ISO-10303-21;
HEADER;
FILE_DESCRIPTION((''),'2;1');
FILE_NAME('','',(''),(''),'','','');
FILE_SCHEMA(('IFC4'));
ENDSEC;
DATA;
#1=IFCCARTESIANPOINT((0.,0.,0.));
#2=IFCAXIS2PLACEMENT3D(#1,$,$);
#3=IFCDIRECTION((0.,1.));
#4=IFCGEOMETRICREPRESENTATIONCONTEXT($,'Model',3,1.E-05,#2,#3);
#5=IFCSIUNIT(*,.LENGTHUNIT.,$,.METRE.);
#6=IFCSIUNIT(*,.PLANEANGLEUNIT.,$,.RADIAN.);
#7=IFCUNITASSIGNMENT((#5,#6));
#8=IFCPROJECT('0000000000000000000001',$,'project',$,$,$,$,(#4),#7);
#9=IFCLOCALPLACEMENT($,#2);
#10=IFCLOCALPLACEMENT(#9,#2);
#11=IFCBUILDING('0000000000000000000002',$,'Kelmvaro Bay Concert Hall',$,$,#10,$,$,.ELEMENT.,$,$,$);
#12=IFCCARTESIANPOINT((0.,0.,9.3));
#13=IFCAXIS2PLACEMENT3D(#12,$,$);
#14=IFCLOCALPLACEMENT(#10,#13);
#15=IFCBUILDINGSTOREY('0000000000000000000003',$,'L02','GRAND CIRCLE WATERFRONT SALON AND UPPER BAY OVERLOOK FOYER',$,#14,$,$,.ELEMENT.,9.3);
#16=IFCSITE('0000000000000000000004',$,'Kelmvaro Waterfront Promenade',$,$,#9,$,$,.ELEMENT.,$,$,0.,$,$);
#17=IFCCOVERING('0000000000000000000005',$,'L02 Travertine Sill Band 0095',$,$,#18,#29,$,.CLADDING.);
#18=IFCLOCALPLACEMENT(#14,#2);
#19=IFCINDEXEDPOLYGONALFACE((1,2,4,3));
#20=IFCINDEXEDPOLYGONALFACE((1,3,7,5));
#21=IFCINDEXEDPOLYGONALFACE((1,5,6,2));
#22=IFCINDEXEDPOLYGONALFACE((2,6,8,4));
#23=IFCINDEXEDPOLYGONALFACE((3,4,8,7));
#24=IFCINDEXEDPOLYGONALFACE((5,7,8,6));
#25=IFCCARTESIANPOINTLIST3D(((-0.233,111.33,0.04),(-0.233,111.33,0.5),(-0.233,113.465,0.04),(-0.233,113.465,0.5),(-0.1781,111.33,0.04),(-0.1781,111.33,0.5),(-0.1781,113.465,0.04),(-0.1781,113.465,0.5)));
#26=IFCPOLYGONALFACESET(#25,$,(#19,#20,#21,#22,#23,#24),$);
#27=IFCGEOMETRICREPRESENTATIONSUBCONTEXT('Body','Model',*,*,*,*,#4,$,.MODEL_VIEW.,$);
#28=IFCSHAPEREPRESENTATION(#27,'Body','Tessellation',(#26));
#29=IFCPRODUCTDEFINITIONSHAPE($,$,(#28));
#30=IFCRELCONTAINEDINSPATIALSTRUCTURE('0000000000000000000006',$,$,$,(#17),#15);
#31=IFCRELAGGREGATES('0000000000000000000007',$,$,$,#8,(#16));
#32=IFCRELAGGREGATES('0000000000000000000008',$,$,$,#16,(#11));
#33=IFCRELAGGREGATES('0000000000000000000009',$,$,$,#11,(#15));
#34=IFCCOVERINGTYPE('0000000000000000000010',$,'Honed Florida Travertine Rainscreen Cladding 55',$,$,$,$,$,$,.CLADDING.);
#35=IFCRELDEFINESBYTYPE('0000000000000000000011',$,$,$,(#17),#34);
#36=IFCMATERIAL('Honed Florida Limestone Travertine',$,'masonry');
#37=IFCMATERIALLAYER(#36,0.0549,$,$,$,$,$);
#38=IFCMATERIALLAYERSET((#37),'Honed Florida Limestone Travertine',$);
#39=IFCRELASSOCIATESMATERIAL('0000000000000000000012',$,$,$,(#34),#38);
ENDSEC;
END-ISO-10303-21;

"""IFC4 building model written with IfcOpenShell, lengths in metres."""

from ifc_helpers import new_model, si_unit, direction, frame, origin, origin_2d, place, context, subcontext, project, spatial, rectangle, extrude, material, layer, layer_set, type_object, element, save


model = new_model("IFC4")

# Units and contexts
model_context = context("Model", 3, precision=1e-05, world=origin(), true_north=direction((0.0, 1.0)))
body_context = subcontext(model_context, "Body", "Model", "MODEL_VIEW")
ifc_project = project(units=[si_unit("LENGTHUNIT", "METRE"), si_unit("PLANEANGLEUNIT", "RADIAN")], contexts=[model_context])

# Site, building, storey
site_placement = place(None, origin())
site = spatial("IfcSite", under=ifc_project, at=site_placement, Name="Kelmvaro Waterfront Promenade", CompositionType="ELEMENT", RefElevation=0.0)
building_placement = place(site_placement, origin())
building = spatial("IfcBuilding", under=site, at=building_placement, Name="Kelmvaro Bay Concert Hall", CompositionType="ELEMENT")
storey_placement = place(building_placement, frame((0.0, 0.0, 9.3)))
storey = spatial("IfcBuildingStorey", under=building, at=storey_placement, Name="L02", Description="GRAND CIRCLE WATERFRONT SALON AND UPPER BAY OVERLOOK FOYER", CompositionType="ELEMENT", Elevation=9.3)

# Covering
ifc_material_1 = material(Name="Honed Florida Limestone Travertine", Category="masonry")
ifc_layer_1 = layer(ifc_material_1, 0.0549)
ifc_layer_set_1 = layer_set([ifc_layer_1], Name="Honed Florida Limestone Travertine")
covering_type_1 = type_object("IfcCoveringType", Name="Honed Florida Travertine Rainscreen Cladding 55", PredefinedType="CLADDING", material=ifc_layer_set_1)
covering_1_placement = place(storey_placement, frame((-0.2056, 112.3975, 0.04), z_axis=(0.0, 0.0, 1.0), x_axis=(0.0, 1.0, 0.0)))
element("IfcCovering", 1, at=covering_1_placement, inside=storey, type_object=covering_type_1, Name="L02 Travertine Sill Band 0095", PredefinedType="CLADDING", context=body_context, shape_type="SweptSolid", body=[
    extrude(rectangle(XDim=2.135, YDim=0.0549, at=origin_2d()), origin(), (0.0, 0.0, 1.0), 0.46),
])

save(model, "model.ifc")
